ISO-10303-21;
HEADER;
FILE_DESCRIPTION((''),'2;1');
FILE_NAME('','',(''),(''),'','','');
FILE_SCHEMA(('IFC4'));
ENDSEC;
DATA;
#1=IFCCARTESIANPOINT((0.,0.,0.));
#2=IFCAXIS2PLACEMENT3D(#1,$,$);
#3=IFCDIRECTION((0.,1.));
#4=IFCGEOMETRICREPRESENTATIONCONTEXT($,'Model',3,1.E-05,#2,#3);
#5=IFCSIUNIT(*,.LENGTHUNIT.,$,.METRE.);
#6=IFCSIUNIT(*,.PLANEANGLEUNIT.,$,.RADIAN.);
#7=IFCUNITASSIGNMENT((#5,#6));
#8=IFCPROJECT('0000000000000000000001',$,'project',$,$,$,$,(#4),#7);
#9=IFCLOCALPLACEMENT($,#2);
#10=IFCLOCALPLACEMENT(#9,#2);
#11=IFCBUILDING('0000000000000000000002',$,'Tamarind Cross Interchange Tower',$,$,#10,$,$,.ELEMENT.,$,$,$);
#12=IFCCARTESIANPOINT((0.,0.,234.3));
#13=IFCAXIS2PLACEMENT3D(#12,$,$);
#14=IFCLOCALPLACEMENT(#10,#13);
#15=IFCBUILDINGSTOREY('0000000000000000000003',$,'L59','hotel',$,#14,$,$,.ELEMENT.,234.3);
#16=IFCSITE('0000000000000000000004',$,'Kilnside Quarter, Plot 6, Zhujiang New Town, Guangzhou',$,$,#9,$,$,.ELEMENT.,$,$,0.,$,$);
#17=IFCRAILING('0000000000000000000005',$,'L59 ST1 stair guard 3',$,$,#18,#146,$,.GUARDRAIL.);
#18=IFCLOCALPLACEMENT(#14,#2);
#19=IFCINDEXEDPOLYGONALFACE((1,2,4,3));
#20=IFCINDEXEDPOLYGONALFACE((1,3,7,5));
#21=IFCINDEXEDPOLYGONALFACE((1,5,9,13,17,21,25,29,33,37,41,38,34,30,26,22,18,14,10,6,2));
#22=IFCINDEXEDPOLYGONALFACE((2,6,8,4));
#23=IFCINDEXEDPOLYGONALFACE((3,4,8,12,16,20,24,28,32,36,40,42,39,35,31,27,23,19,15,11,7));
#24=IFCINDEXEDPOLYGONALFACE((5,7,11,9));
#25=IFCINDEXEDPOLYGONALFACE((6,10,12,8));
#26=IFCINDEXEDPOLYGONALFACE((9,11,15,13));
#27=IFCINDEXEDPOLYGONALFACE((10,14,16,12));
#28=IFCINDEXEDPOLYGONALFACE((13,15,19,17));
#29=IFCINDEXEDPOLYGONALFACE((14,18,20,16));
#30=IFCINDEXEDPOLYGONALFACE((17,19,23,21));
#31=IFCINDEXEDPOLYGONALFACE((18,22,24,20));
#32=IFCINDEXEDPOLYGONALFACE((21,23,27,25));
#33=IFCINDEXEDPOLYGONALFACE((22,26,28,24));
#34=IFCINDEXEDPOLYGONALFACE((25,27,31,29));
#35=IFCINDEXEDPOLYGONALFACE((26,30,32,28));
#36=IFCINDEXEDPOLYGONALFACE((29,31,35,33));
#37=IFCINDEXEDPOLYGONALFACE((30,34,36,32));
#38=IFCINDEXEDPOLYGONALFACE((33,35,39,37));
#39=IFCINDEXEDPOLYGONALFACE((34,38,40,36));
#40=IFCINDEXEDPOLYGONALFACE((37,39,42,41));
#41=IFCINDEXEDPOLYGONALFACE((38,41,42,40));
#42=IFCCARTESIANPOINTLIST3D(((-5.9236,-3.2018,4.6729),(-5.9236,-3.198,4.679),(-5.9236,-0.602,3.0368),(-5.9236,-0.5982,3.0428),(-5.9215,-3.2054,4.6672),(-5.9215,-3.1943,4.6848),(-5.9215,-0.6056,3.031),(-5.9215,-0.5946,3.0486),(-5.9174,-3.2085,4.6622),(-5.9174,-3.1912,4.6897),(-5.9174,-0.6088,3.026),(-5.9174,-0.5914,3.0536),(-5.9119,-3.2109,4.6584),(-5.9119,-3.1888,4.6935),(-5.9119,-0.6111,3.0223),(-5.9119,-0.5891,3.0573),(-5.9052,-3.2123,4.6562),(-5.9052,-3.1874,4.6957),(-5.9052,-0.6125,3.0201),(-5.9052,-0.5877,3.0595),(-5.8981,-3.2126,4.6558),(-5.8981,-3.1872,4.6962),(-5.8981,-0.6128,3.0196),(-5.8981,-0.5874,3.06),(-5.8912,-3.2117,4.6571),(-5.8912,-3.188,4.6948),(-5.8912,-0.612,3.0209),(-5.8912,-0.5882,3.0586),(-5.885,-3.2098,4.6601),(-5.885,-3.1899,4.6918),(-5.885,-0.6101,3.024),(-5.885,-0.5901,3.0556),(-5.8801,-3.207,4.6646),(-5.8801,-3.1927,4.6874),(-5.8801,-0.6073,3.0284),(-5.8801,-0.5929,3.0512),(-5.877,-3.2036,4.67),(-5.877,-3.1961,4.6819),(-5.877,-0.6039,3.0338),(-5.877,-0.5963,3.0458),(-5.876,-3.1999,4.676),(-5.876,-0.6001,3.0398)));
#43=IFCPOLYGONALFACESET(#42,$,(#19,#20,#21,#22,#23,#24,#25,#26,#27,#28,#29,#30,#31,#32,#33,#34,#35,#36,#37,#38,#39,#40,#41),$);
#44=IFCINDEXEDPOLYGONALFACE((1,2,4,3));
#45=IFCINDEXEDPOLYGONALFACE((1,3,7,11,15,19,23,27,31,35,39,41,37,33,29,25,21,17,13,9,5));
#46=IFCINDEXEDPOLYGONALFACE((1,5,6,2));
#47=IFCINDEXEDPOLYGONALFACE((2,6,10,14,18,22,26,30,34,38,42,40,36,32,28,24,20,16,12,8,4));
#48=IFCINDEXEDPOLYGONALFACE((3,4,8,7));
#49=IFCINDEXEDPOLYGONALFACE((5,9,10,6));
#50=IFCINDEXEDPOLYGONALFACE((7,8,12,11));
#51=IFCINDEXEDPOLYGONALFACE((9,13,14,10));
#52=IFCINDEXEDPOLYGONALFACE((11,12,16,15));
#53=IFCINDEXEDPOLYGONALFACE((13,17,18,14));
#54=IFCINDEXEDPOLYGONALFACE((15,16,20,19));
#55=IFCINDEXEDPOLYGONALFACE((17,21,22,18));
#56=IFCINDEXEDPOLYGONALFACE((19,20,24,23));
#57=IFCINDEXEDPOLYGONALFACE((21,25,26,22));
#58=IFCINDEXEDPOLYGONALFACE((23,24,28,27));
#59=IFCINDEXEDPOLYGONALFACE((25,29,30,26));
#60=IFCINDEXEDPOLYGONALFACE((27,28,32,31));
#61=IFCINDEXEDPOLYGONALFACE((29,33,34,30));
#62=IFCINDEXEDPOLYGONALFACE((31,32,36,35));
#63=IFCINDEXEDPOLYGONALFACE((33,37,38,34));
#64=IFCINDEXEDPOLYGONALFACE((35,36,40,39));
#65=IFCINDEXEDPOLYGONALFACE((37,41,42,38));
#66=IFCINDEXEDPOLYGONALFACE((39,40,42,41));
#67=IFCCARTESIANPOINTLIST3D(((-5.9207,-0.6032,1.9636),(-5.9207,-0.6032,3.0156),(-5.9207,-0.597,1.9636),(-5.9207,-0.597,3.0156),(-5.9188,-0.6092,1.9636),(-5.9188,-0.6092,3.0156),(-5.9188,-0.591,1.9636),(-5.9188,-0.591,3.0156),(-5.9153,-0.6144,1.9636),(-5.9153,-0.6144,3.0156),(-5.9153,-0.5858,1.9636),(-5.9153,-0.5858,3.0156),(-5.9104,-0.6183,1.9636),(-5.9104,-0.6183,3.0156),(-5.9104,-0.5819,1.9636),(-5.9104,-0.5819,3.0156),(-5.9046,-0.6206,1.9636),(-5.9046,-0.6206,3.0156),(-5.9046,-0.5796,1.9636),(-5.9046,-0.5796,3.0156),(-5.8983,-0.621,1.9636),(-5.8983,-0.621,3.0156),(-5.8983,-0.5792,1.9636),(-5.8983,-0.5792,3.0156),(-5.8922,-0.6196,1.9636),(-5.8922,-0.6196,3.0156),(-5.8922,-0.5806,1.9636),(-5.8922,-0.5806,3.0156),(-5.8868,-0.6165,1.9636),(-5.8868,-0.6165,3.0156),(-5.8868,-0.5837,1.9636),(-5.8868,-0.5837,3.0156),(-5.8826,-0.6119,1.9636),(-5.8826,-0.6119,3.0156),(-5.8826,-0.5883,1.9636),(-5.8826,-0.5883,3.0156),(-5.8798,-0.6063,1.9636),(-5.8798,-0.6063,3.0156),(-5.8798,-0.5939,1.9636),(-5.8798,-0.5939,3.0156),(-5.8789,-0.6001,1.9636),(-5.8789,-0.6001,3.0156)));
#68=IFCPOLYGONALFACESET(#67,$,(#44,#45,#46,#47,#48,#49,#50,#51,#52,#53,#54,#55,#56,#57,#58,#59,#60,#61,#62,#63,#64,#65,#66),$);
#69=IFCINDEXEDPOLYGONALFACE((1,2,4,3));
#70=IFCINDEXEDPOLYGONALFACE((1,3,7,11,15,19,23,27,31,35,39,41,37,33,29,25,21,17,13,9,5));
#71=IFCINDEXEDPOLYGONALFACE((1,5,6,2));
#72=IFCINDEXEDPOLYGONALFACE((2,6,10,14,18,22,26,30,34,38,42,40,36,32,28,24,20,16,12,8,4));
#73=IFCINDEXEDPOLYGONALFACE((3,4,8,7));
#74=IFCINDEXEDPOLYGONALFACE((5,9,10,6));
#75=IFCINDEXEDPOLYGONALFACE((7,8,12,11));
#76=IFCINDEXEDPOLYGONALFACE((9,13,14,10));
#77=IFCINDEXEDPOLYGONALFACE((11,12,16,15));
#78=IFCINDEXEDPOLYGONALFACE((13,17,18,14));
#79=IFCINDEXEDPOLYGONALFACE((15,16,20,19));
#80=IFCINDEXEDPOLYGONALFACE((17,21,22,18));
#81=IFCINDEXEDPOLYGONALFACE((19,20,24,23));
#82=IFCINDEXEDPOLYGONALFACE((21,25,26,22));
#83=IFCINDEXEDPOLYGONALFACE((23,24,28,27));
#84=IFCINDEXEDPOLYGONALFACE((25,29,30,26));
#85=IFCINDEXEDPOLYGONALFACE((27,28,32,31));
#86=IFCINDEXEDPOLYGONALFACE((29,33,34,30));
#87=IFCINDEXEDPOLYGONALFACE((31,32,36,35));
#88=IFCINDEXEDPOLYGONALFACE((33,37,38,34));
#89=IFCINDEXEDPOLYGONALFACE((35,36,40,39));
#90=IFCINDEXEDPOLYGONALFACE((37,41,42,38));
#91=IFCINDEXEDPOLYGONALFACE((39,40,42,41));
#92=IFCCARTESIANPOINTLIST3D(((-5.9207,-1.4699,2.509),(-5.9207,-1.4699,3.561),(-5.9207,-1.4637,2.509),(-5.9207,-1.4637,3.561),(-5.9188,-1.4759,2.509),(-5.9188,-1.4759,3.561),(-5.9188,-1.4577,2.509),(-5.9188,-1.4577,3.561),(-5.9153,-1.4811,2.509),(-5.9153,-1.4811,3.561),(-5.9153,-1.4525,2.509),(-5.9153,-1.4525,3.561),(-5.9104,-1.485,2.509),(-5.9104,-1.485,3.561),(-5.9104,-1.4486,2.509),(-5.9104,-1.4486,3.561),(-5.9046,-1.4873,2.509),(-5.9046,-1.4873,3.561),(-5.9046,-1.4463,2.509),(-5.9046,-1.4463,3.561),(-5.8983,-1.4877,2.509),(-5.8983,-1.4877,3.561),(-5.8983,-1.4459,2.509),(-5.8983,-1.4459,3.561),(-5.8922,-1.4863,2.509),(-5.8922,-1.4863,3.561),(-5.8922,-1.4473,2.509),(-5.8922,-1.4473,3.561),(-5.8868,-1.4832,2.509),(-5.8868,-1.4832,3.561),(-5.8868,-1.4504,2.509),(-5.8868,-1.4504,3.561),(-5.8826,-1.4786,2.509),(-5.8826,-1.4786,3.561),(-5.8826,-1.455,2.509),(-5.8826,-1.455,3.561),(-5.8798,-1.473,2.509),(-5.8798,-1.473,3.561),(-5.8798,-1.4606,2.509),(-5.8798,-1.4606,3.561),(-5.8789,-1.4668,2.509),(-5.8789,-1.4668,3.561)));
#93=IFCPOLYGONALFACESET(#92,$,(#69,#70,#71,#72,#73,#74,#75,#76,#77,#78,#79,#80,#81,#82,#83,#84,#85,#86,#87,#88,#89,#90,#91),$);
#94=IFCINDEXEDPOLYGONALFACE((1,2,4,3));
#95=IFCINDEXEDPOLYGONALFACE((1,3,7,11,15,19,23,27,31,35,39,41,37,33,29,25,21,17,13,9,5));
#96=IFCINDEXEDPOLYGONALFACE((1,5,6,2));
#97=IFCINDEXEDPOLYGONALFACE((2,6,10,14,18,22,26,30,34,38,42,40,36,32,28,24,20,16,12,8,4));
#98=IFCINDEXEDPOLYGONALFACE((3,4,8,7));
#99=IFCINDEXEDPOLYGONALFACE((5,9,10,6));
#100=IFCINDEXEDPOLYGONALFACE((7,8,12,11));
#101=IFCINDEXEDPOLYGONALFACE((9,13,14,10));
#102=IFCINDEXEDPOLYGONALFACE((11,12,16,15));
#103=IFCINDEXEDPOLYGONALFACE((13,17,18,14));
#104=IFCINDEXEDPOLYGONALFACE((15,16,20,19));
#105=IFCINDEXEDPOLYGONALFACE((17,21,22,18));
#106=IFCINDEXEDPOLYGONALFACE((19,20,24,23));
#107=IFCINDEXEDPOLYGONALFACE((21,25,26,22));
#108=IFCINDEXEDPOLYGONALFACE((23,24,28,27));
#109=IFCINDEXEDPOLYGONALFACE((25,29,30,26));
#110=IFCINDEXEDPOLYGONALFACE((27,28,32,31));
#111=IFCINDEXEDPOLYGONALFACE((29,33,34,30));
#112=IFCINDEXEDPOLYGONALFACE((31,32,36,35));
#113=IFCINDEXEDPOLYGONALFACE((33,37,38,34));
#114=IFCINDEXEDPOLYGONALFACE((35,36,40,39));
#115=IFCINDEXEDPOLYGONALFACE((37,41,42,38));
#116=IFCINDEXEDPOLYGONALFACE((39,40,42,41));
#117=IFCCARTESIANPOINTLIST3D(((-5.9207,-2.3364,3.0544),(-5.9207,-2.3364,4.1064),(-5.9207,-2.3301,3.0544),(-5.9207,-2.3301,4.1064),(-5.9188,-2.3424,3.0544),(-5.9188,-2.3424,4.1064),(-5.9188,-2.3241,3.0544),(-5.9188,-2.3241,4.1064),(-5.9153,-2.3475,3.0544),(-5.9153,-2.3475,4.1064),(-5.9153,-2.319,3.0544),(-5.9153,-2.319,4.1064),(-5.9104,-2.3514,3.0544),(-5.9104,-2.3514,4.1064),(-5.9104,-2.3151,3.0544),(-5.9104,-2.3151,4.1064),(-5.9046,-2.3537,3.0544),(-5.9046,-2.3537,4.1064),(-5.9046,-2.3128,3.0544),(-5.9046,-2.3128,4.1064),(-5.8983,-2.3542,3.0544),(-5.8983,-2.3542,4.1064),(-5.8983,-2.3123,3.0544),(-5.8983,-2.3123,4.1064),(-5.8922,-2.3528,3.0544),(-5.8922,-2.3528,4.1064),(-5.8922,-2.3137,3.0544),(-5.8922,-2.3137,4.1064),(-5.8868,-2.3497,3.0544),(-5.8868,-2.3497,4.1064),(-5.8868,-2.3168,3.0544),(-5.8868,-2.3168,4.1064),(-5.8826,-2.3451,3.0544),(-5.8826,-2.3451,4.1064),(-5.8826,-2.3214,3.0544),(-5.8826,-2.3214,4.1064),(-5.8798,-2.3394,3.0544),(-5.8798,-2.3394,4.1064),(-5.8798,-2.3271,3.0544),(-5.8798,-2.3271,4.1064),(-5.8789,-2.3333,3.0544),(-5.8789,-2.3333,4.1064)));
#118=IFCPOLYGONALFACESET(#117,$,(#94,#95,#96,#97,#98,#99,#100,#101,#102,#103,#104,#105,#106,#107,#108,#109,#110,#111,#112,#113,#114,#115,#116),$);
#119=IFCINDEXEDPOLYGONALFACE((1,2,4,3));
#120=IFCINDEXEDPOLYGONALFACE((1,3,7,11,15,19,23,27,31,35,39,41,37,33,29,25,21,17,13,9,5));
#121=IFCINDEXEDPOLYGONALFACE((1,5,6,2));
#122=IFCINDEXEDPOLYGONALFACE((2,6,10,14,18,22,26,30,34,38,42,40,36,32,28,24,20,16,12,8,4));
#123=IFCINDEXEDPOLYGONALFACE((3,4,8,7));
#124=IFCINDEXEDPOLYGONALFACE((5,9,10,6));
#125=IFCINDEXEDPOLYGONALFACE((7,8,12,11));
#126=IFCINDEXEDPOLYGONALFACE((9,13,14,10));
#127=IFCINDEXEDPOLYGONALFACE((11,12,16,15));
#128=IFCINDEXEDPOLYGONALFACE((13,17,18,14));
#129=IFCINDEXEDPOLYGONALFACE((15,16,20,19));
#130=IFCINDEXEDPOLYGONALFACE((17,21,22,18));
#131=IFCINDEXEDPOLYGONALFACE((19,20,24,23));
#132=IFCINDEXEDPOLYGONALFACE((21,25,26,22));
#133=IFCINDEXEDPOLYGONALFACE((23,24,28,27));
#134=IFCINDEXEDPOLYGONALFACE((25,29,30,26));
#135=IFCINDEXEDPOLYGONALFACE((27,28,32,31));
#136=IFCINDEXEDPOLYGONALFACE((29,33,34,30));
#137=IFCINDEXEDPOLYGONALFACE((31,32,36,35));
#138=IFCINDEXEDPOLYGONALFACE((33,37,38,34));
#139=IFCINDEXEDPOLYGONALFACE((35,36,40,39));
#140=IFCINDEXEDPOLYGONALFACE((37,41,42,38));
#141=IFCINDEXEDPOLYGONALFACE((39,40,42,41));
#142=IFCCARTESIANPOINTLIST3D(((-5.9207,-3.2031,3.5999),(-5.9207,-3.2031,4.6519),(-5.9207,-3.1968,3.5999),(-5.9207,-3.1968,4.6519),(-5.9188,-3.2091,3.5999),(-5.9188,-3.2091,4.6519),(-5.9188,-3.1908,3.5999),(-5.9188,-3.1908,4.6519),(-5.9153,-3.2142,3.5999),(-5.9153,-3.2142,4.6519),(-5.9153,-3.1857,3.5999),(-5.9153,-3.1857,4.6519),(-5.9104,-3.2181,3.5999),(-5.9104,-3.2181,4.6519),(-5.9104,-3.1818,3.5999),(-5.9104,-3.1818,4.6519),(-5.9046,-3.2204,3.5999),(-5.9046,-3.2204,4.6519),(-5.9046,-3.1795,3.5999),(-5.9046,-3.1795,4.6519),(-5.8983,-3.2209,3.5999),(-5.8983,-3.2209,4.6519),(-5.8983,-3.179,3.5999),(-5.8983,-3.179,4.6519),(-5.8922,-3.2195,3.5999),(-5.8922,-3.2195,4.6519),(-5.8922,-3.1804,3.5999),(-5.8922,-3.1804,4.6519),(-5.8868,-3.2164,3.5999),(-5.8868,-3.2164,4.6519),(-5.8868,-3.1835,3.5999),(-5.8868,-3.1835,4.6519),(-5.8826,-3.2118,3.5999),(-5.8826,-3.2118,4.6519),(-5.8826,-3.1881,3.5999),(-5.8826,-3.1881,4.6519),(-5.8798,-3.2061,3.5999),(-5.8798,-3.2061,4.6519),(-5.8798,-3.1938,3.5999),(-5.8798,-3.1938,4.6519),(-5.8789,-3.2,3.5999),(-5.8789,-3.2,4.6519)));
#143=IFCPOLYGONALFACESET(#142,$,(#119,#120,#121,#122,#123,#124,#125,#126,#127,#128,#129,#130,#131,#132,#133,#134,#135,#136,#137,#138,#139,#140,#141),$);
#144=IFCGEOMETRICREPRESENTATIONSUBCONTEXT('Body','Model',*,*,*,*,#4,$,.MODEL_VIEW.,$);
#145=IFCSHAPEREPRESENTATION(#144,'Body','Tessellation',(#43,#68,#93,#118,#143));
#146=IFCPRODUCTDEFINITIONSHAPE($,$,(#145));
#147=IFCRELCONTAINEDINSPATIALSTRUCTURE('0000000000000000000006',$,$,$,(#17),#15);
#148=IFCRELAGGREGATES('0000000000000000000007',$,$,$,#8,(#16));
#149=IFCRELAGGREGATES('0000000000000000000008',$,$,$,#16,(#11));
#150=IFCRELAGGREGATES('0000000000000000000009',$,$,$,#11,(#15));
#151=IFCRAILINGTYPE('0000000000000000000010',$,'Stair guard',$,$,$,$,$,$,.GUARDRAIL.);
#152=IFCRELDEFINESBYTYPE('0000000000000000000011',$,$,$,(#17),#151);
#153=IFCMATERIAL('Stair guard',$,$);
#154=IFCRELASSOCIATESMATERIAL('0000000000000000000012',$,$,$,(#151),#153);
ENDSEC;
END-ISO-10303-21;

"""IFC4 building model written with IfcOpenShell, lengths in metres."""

from ifc_helpers import new_model, si_unit, direction, frame, origin, origin_2d, place, context, subcontext, project, spatial, circle, extrude, material, type_object, element, save


model = new_model("IFC4")

# Units and contexts
model_context = context("Model", 3, precision=1e-05, world=origin(), true_north=direction((0.0, 1.0)))
body_context = subcontext(model_context, "Body", "Model", "MODEL_VIEW")
ifc_project = project(units=[si_unit("LENGTHUNIT", "METRE"), si_unit("PLANEANGLEUNIT", "RADIAN")], contexts=[model_context])

# Site, building, storey
site_placement = place(None, origin())
site = spatial("IfcSite", under=ifc_project, at=site_placement, Name="Kilnside Quarter, Plot 6, Zhujiang New Town, Guangzhou", CompositionType="ELEMENT", RefElevation=0.0)
building_placement = place(site_placement, origin())
building = spatial("IfcBuilding", under=site, at=building_placement, Name="Tamarind Cross Interchange Tower", CompositionType="ELEMENT")
storey_placement = place(building_placement, frame((0.0, 0.0, 234.3)))
storey = spatial("IfcBuildingStorey", under=building, at=storey_placement, Name="L59", Description="hotel", CompositionType="ELEMENT", Elevation=234.3)

# Railing
ifc_material_1 = material(Name="Stair guard")
railing_type_1 = type_object("IfcRailingType", Name="Stair guard", PredefinedType="GUARDRAIL", material=ifc_material_1)
railing_1_placement = place(storey_placement, frame((-5.8999, -0.6001, 1.9636)))
element("IfcRailing", 1, at=railing_1_placement, inside=storey, type_object=railing_type_1, Name="L59 ST1 stair guard 3", PredefinedType="GUARDRAIL", context=body_context, shape_type="SweptSolid", body=[
    extrude(circle(Radius=0.0239, at=origin_2d()), frame((0.0, 0.0, 1.0762), z_axis=(0.0, -0.846338, 0.532647), x_axis=(1.0, 0.0, 0.0)), (0.0, 0.0, 1.0), 3.0718),
    extrude(circle(Radius=0.021, at=origin_2d()), origin(), (0.0, 0.0, 1.0), 1.052),
    extrude(circle(Radius=0.021, at=origin_2d()), frame((0.0, -0.8667, 0.5454)), (0.0, 0.0, 1.0), 1.052),
    extrude(circle(Radius=0.021, at=origin_2d()), frame((0.0, -1.7332, 1.0908)), (0.0, 0.0, 1.0), 1.052),
    extrude(circle(Radius=0.021, at=origin_2d()), frame((0.0, -2.5999, 1.6362)), (0.0, 0.0, 1.0), 1.052),
])

save(model, "model.ifc")
